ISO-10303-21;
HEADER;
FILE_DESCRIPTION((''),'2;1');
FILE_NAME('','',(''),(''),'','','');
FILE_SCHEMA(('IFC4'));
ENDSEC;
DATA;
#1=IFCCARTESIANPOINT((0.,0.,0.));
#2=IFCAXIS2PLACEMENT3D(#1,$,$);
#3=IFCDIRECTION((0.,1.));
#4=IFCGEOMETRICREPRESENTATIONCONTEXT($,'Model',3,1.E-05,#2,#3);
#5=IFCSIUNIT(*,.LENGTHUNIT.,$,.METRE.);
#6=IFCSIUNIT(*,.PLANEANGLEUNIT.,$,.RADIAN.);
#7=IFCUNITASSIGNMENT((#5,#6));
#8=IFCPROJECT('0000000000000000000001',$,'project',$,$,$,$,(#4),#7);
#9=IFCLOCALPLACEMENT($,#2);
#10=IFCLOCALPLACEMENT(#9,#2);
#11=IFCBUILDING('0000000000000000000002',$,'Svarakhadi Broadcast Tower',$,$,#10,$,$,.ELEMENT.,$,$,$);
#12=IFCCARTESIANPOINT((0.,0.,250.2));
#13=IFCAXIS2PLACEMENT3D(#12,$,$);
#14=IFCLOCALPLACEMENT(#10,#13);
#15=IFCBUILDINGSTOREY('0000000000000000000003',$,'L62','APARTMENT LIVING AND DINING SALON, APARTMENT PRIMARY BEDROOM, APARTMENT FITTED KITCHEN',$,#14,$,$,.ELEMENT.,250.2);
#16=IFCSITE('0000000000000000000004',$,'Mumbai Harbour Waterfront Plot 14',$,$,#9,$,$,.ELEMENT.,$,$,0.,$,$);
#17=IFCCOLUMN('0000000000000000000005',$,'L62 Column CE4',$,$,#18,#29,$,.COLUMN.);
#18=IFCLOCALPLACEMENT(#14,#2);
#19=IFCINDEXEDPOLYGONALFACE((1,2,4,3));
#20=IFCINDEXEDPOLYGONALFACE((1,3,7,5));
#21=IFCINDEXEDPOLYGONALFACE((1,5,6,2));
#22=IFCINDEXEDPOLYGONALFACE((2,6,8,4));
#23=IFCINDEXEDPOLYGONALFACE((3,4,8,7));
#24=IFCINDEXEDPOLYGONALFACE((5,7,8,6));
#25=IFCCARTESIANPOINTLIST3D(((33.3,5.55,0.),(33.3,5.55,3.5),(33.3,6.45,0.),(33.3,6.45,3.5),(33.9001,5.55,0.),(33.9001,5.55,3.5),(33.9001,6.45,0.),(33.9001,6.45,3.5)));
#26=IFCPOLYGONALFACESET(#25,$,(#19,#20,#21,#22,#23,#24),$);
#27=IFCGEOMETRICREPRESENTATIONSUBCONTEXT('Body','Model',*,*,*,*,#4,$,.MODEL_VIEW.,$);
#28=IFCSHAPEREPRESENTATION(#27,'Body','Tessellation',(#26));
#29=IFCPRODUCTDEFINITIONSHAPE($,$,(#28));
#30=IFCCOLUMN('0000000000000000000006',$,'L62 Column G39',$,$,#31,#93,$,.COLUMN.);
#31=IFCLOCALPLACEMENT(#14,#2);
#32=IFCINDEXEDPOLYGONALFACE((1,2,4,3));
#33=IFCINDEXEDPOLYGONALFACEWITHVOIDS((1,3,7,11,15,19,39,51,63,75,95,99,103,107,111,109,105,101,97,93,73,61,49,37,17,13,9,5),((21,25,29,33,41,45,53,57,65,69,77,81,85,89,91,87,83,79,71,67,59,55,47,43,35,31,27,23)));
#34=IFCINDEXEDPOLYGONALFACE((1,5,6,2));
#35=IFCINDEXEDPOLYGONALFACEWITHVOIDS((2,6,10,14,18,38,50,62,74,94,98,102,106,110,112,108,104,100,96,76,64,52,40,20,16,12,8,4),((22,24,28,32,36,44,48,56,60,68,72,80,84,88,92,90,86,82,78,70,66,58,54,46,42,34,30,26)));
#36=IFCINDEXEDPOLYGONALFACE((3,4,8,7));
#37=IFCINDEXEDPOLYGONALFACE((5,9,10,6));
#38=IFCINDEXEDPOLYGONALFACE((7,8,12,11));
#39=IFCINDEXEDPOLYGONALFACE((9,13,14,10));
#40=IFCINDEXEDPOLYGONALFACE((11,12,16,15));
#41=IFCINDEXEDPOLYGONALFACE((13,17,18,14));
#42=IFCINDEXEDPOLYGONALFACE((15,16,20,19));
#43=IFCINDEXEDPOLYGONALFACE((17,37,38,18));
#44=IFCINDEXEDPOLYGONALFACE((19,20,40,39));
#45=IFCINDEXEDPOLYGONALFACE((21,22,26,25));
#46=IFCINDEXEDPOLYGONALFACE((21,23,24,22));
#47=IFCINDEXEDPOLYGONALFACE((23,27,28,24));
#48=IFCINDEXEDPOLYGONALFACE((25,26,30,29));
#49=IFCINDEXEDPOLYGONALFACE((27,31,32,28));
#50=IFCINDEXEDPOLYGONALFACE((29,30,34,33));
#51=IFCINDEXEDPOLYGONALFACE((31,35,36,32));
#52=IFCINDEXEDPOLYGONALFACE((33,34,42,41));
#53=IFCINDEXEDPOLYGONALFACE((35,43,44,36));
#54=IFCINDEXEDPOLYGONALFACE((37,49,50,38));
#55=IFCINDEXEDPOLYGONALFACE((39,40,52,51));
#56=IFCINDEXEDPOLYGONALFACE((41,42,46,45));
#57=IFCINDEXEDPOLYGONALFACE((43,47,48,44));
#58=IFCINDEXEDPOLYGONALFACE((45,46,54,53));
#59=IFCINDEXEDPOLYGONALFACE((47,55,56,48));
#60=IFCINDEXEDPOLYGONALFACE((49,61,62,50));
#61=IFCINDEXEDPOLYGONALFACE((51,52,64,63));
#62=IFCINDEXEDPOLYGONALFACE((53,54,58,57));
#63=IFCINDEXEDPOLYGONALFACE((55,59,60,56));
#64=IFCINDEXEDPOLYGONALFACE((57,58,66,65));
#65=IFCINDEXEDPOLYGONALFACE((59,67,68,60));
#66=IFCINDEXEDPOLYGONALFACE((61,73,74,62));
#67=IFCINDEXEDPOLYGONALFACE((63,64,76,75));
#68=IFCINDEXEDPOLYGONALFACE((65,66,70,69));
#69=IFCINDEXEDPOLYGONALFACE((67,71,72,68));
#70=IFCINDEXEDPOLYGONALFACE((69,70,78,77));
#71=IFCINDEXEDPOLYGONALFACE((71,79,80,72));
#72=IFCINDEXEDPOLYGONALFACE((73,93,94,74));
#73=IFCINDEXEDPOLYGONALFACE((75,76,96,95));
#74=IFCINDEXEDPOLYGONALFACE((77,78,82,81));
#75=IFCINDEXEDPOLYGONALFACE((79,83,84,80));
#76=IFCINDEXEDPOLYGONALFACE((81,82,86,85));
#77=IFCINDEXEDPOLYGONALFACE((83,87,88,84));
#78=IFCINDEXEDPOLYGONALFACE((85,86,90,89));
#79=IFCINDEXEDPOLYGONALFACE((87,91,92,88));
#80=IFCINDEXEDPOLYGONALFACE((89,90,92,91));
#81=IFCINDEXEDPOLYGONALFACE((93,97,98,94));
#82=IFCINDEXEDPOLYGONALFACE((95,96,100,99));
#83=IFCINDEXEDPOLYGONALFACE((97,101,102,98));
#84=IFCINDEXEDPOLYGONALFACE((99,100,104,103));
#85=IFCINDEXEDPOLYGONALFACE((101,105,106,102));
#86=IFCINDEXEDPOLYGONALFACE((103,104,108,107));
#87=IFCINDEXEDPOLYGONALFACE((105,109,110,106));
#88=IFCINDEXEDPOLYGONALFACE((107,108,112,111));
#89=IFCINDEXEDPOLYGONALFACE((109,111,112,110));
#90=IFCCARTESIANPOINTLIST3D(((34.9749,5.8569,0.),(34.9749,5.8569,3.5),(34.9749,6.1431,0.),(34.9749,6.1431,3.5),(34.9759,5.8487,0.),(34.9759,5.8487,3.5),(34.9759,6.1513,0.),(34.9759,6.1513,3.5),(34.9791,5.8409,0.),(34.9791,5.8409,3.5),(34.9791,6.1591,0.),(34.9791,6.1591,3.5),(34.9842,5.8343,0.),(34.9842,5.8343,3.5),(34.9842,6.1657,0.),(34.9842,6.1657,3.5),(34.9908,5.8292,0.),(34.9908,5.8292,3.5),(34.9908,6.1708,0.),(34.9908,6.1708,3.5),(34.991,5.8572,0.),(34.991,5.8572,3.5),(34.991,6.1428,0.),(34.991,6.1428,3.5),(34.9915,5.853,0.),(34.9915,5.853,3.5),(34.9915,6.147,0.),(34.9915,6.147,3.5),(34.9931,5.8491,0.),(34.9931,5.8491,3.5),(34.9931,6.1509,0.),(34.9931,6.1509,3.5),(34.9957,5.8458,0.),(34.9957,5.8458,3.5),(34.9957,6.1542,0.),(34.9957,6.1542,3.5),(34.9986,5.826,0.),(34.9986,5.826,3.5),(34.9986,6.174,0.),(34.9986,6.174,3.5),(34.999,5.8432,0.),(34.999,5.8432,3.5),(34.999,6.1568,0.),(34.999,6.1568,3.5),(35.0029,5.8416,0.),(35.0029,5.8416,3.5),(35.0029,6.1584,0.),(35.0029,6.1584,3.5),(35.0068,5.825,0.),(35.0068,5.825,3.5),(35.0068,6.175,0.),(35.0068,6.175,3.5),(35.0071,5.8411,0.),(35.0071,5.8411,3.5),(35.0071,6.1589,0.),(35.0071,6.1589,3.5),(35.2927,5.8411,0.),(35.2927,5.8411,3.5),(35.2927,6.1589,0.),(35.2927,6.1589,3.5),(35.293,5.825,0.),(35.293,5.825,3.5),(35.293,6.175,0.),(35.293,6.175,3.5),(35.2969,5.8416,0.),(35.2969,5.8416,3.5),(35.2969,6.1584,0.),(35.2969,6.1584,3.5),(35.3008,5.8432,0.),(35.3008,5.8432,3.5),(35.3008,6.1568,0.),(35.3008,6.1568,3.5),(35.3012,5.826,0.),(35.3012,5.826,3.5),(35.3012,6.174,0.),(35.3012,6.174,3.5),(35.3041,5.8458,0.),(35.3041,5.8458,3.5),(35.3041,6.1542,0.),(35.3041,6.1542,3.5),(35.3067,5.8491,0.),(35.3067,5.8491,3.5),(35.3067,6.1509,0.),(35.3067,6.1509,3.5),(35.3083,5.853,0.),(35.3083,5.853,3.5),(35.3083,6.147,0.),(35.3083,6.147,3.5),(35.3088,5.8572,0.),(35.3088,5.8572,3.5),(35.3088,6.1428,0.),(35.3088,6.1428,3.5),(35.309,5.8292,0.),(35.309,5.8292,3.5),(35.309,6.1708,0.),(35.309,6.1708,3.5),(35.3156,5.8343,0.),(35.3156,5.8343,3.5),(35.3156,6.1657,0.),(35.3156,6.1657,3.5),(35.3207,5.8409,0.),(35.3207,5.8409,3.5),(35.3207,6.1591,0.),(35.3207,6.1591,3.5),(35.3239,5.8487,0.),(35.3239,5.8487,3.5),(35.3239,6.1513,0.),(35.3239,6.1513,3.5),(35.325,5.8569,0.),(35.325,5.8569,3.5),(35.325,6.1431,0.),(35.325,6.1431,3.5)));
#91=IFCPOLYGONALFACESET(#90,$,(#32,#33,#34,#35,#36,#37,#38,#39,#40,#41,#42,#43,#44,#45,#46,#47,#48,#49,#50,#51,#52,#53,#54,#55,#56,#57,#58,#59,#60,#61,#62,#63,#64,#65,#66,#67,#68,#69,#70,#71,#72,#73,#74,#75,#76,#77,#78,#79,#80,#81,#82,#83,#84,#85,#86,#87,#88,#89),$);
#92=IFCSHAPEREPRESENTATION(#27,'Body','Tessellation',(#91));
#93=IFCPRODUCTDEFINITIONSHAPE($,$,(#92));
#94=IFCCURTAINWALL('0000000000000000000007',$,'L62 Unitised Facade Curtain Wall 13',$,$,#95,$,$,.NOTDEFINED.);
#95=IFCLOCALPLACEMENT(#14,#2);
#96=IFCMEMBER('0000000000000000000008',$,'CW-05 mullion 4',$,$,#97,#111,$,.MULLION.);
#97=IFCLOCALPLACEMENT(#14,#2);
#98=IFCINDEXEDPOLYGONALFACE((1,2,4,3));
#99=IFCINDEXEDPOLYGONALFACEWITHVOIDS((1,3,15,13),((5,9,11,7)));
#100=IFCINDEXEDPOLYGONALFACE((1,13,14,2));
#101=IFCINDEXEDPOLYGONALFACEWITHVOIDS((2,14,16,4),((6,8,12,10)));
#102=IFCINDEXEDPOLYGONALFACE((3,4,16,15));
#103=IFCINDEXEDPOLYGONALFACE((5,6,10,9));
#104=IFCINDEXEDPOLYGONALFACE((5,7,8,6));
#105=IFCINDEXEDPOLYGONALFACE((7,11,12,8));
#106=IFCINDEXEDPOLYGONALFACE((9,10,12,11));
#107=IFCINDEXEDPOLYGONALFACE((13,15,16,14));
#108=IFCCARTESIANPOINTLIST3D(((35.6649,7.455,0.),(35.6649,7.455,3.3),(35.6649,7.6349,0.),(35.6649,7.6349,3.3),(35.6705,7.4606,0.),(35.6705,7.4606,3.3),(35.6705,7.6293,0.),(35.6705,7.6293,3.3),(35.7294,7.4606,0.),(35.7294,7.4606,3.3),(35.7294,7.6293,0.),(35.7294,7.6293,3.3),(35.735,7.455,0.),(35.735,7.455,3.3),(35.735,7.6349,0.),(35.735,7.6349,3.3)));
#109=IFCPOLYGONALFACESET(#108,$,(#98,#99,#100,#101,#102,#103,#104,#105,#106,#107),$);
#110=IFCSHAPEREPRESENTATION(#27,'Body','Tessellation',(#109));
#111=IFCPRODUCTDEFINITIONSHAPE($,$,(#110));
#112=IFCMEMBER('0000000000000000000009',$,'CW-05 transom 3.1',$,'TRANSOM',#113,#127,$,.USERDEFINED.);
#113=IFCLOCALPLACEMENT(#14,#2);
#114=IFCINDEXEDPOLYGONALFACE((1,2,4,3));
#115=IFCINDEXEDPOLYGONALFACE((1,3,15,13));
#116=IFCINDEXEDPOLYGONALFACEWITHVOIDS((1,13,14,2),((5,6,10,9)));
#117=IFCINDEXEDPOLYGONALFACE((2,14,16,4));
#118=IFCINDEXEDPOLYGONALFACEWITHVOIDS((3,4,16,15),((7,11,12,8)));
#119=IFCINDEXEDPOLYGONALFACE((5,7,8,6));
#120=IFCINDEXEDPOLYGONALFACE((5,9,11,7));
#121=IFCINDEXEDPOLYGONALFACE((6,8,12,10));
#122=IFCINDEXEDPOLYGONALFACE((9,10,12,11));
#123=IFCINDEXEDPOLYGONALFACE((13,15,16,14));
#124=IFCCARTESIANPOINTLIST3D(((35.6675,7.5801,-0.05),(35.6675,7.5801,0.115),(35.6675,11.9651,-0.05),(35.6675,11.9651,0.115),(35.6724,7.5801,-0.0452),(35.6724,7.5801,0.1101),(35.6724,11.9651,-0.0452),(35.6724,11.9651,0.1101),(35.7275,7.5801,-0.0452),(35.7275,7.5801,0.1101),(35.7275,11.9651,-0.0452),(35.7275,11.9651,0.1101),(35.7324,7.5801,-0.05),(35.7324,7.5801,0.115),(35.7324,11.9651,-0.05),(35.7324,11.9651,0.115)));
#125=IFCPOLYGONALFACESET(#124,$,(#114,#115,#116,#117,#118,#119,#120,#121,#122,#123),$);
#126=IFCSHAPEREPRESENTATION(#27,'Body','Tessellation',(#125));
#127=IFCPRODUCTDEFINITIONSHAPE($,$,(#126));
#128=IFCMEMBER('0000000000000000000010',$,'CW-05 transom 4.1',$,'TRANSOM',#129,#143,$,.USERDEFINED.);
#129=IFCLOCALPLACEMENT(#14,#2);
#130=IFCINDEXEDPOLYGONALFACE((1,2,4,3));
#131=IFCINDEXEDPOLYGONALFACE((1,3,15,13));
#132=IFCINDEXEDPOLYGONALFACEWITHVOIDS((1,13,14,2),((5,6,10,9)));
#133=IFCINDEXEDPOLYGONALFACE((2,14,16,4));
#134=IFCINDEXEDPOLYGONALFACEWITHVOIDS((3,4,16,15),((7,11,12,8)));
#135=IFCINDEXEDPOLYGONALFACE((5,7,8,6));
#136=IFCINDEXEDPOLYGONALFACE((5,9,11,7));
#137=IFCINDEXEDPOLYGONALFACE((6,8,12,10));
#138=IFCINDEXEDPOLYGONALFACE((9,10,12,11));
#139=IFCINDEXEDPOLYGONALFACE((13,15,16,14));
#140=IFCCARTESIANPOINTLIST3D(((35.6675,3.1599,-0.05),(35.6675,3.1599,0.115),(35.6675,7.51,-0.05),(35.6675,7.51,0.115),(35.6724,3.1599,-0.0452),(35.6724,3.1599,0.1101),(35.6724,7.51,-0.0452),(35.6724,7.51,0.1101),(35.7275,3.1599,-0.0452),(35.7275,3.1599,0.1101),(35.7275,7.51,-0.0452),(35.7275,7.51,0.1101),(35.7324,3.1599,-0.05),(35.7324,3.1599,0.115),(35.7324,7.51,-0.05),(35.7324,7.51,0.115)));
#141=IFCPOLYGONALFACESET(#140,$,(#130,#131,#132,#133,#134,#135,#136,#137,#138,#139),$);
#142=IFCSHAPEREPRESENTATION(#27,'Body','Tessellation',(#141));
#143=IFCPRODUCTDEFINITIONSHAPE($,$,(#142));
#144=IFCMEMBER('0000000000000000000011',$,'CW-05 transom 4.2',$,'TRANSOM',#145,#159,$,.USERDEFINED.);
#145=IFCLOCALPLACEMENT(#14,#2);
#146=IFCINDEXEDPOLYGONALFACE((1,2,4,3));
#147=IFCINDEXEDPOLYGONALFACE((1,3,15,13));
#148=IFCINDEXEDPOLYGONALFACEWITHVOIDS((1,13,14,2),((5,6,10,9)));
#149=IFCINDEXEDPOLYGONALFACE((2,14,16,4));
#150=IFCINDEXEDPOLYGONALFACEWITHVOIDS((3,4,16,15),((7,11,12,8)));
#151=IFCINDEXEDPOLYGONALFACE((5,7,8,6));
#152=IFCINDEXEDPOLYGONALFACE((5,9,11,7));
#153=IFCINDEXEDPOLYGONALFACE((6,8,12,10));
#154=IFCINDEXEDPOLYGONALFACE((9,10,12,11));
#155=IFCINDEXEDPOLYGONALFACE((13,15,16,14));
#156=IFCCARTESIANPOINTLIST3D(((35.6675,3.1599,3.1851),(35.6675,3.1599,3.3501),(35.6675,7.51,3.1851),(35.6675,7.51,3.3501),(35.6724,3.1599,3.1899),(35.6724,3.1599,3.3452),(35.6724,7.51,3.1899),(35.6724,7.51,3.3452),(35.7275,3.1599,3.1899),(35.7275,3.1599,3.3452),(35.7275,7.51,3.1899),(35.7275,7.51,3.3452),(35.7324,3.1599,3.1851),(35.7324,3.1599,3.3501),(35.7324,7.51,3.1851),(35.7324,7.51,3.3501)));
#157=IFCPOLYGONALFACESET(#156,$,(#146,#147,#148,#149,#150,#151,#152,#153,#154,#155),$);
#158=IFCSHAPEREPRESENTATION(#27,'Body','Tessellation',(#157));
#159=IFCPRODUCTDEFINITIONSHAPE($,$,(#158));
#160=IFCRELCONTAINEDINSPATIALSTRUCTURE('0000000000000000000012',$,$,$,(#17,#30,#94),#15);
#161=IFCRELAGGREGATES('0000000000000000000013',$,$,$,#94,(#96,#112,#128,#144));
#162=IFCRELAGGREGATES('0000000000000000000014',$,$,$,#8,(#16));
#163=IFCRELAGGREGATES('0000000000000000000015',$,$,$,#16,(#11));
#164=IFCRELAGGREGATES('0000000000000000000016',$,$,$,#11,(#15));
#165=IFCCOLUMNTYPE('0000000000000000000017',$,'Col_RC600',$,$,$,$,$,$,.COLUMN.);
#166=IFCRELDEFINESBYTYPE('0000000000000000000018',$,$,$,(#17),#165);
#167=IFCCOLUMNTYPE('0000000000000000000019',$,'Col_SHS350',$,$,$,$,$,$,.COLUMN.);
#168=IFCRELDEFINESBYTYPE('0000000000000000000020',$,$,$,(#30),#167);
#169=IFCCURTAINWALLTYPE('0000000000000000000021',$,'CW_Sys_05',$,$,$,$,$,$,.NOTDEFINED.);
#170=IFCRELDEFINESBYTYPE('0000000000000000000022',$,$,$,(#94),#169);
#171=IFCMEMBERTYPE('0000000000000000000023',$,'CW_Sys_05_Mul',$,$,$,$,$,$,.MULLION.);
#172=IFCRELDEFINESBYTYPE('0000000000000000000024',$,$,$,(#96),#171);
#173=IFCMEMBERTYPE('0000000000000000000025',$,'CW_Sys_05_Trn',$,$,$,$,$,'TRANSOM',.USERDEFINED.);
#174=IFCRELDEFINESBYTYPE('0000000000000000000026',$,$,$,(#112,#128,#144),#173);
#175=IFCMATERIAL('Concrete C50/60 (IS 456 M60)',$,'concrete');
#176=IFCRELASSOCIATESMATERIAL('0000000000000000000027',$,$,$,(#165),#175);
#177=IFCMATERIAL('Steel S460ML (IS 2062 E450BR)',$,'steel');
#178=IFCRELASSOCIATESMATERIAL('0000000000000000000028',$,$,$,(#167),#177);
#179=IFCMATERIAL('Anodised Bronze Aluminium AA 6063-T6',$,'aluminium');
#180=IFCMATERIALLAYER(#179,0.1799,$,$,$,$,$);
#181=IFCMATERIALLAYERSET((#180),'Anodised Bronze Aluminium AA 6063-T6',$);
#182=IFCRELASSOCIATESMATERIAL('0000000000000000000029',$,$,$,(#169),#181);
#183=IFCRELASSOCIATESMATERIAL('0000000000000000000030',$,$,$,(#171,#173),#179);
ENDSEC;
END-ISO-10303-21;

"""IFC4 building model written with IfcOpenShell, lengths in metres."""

from ifc_helpers import new_model, si_unit, direction, frame, origin, origin_2d, place, context, subcontext, project, spatial, rectangle, hollow_rectangle, extrude, material, layer, layer_set, material_profile, profile_set, type_object, element, aggregate, save


model = new_model("IFC4")

# Units and contexts
model_context = context("Model", 3, precision=1e-05, world=origin(), true_north=direction((0.0, 1.0)))
body_context = subcontext(model_context, "Body", "Model", "MODEL_VIEW")
ifc_project = project(units=[si_unit("LENGTHUNIT", "METRE"), si_unit("PLANEANGLEUNIT", "RADIAN")], contexts=[model_context])

# Site, building, storey
site_placement = place(None, origin())
site = spatial("IfcSite", under=ifc_project, at=site_placement, Name="Mumbai Harbour Waterfront Plot 14", CompositionType="ELEMENT", RefElevation=0.0)
building_placement = place(site_placement, origin())
building = spatial("IfcBuilding", under=site, at=building_placement, Name="Svarakhadi Broadcast Tower", CompositionType="ELEMENT")
storey_placement = place(building_placement, frame((0.0, 0.0, 250.2)))
storey = spatial("IfcBuildingStorey", under=building, at=storey_placement, Name="L62", Description="APARTMENT LIVING AND DINING SALON, APARTMENT PRIMARY BEDROOM, APARTMENT FITTED KITCHEN", CompositionType="ELEMENT", Elevation=250.2)

# Columns
ifc_material_1 = material(Name="Concrete C50/60 (IS 456 M60)", Category="concrete")
ifc_material_profile_1 = material_profile(ifc_material_1, rectangle(XDim=0.6001, YDim=0.8999, at=origin_2d()), Name="RC 600x900")
ifc_profile_set_1 = profile_set([ifc_material_profile_1], Name="Concrete C50/60 (IS 456 M60)")
column_type_1 = type_object("IfcColumnType", Name="Col_RC600", PredefinedType="COLUMN", material=ifc_profile_set_1)
column_1_placement = place(storey_placement, frame((33.6001, 6.0, 0.0), z_axis=(0.0, 0.0, 1.0), x_axis=(1.0, 0.0, 0.0)))
element("IfcColumn", 1, at=column_1_placement, inside=storey, type_object=column_type_1, Name="L62 Column CE4", PredefinedType="COLUMN", context=body_context, shape_type="SweptSolid", body=[
    extrude(rectangle(XDim=0.6001, YDim=0.8999, at=origin_2d()), origin(), (0.0, 0.0, 1.0), 3.5),
])
ifc_material_2 = material(Name="Steel S460ML (IS 2062 E450BR)", Category="steel")
ifc_material_profile_2 = material_profile(ifc_material_2, hollow_rectangle(XDim=0.3501, YDim=0.3501, WallThickness=0.0161, InnerFilletRadius=0.0161, OuterFilletRadius=0.032, at=origin_2d()), Name="SHS 350x350x16")
ifc_profile_set_2 = profile_set([ifc_material_profile_2], Name="Steel S460ML (IS 2062 E450BR)")
column_type_2 = type_object("IfcColumnType", Name="Col_SHS350", PredefinedType="COLUMN", material=ifc_profile_set_2)
column_2_placement = place(storey_placement, frame((35.1499, 6.0, 0.0), z_axis=(0.0, 0.0, 1.0), x_axis=(1.0, 0.0, 0.0)))
element("IfcColumn", 2, at=column_2_placement, inside=storey, type_object=column_type_2, Name="L62 Column G39", PredefinedType="COLUMN", context=body_context, shape_type="SweptSolid", body=[
    extrude(hollow_rectangle(XDim=0.3501, YDim=0.3501, WallThickness=0.0161, InnerFilletRadius=0.0161, OuterFilletRadius=0.032, at=origin_2d()), origin(), (0.0, 0.0, 1.0), 3.5),
])

# Curtain wall, members
ifc_material_3 = material(Name="Anodised Bronze Aluminium AA 6063-T6", Category="aluminium")
ifc_layer_1 = layer(ifc_material_3, 0.1799)
ifc_layer_set_1 = layer_set([ifc_layer_1], Name="Anodised Bronze Aluminium AA 6063-T6")
curtain_wall_type = type_object("IfcCurtainWallType", Name="CW_Sys_05", PredefinedType="NOTDEFINED", material=ifc_layer_set_1)
curtain_wall_placement = place(storey_placement, origin())
curtain_wall = element("IfcCurtainWall", 3, at=curtain_wall_placement, inside=storey, type_object=curtain_wall_type, Name="L62 Unitised Facade Curtain Wall 13", PredefinedType="NOTDEFINED")
ifc_material_profile_3 = material_profile(ifc_material_3, hollow_rectangle(XDim=0.0701, YDim=0.1799, WallThickness=0.0056, at=origin_2d()), Name="ALU MULLION 180x70x6")
ifc_profile_set_3 = profile_set([ifc_material_profile_3], Name="Anodised Bronze Aluminium AA 6063-T6")
member_type_1 = type_object("IfcMemberType", Name="CW_Sys_05_Mul", PredefinedType="MULLION", material=ifc_profile_set_3)
member_1_placement = place(storey_placement, frame((35.7, 7.5449, 0.0), z_axis=(0.0, 0.0, 1.0), x_axis=(1.0, 0.0, 0.0)))
member_1 = element("IfcMember", 4, at=member_1_placement, type_object=member_type_1, Name="CW-05 mullion 4", PredefinedType="MULLION", context=body_context, shape_type="SweptSolid", body=[
    extrude(hollow_rectangle(XDim=0.0701, YDim=0.1799, WallThickness=0.0056, at=origin_2d()), origin(), (0.0, 0.0, 1.0), 3.3),
])
ifc_material_profile_4 = material_profile(ifc_material_3, hollow_rectangle(XDim=0.0649, YDim=0.165, WallThickness=0.0049, at=origin_2d()), Name="ALU TRANSOM 165x65x5")
ifc_profile_set_4 = profile_set([ifc_material_profile_4], Name="Anodised Bronze Aluminium AA 6063-T6")
member_type_2 = type_object("IfcMemberType", Name="CW_Sys_05_Trn", ElementType="TRANSOM", PredefinedType="USERDEFINED", material=ifc_profile_set_4)
member_2_placement = place(storey_placement, frame((35.7, 11.9651, 0.0325), z_axis=(0.0, -1.0, 0.0), x_axis=(1.0, 0.0, 0.0)))
member_2 = element("IfcMember", 5, at=member_2_placement, type_object=member_type_2, Name="CW-05 transom 3.1", ObjectType="TRANSOM", PredefinedType="USERDEFINED", context=body_context, shape_type="SweptSolid", body=[
    extrude(hollow_rectangle(XDim=0.0649, YDim=0.165, WallThickness=0.0049, at=origin_2d()), origin(), (0.0, 0.0, 1.0), 4.385),
])
member_3_placement = place(storey_placement, frame((35.7, 7.51, 0.0325), z_axis=(0.0, -1.0, 0.0), x_axis=(1.0, 0.0, 0.0)))
member_3 = element("IfcMember", 6, at=member_3_placement, type_object=member_type_2, Name="CW-05 transom 4.1", ObjectType="TRANSOM", PredefinedType="USERDEFINED", context=body_context, shape_type="SweptSolid", body=[
    extrude(hollow_rectangle(XDim=0.0649, YDim=0.165, WallThickness=0.0049, at=origin_2d()), origin(), (0.0, 0.0, 1.0), 4.3501),
])
member_4_placement = place(storey_placement, frame((35.7, 7.51, 3.2676), z_axis=(0.0, -1.0, 0.0), x_axis=(1.0, 0.0, 0.0)))
member_4 = element("IfcMember", 7, at=member_4_placement, type_object=member_type_2, Name="CW-05 transom 4.2", ObjectType="TRANSOM", PredefinedType="USERDEFINED", context=body_context, shape_type="SweptSolid", body=[
    extrude(hollow_rectangle(XDim=0.0649, YDim=0.165, WallThickness=0.0049, at=origin_2d()), origin(), (0.0, 0.0, 1.0), 4.3501),
])

aggregate(curtain_wall, [member_1, member_2, member_3, member_4])

save(model, "model.ifc")
